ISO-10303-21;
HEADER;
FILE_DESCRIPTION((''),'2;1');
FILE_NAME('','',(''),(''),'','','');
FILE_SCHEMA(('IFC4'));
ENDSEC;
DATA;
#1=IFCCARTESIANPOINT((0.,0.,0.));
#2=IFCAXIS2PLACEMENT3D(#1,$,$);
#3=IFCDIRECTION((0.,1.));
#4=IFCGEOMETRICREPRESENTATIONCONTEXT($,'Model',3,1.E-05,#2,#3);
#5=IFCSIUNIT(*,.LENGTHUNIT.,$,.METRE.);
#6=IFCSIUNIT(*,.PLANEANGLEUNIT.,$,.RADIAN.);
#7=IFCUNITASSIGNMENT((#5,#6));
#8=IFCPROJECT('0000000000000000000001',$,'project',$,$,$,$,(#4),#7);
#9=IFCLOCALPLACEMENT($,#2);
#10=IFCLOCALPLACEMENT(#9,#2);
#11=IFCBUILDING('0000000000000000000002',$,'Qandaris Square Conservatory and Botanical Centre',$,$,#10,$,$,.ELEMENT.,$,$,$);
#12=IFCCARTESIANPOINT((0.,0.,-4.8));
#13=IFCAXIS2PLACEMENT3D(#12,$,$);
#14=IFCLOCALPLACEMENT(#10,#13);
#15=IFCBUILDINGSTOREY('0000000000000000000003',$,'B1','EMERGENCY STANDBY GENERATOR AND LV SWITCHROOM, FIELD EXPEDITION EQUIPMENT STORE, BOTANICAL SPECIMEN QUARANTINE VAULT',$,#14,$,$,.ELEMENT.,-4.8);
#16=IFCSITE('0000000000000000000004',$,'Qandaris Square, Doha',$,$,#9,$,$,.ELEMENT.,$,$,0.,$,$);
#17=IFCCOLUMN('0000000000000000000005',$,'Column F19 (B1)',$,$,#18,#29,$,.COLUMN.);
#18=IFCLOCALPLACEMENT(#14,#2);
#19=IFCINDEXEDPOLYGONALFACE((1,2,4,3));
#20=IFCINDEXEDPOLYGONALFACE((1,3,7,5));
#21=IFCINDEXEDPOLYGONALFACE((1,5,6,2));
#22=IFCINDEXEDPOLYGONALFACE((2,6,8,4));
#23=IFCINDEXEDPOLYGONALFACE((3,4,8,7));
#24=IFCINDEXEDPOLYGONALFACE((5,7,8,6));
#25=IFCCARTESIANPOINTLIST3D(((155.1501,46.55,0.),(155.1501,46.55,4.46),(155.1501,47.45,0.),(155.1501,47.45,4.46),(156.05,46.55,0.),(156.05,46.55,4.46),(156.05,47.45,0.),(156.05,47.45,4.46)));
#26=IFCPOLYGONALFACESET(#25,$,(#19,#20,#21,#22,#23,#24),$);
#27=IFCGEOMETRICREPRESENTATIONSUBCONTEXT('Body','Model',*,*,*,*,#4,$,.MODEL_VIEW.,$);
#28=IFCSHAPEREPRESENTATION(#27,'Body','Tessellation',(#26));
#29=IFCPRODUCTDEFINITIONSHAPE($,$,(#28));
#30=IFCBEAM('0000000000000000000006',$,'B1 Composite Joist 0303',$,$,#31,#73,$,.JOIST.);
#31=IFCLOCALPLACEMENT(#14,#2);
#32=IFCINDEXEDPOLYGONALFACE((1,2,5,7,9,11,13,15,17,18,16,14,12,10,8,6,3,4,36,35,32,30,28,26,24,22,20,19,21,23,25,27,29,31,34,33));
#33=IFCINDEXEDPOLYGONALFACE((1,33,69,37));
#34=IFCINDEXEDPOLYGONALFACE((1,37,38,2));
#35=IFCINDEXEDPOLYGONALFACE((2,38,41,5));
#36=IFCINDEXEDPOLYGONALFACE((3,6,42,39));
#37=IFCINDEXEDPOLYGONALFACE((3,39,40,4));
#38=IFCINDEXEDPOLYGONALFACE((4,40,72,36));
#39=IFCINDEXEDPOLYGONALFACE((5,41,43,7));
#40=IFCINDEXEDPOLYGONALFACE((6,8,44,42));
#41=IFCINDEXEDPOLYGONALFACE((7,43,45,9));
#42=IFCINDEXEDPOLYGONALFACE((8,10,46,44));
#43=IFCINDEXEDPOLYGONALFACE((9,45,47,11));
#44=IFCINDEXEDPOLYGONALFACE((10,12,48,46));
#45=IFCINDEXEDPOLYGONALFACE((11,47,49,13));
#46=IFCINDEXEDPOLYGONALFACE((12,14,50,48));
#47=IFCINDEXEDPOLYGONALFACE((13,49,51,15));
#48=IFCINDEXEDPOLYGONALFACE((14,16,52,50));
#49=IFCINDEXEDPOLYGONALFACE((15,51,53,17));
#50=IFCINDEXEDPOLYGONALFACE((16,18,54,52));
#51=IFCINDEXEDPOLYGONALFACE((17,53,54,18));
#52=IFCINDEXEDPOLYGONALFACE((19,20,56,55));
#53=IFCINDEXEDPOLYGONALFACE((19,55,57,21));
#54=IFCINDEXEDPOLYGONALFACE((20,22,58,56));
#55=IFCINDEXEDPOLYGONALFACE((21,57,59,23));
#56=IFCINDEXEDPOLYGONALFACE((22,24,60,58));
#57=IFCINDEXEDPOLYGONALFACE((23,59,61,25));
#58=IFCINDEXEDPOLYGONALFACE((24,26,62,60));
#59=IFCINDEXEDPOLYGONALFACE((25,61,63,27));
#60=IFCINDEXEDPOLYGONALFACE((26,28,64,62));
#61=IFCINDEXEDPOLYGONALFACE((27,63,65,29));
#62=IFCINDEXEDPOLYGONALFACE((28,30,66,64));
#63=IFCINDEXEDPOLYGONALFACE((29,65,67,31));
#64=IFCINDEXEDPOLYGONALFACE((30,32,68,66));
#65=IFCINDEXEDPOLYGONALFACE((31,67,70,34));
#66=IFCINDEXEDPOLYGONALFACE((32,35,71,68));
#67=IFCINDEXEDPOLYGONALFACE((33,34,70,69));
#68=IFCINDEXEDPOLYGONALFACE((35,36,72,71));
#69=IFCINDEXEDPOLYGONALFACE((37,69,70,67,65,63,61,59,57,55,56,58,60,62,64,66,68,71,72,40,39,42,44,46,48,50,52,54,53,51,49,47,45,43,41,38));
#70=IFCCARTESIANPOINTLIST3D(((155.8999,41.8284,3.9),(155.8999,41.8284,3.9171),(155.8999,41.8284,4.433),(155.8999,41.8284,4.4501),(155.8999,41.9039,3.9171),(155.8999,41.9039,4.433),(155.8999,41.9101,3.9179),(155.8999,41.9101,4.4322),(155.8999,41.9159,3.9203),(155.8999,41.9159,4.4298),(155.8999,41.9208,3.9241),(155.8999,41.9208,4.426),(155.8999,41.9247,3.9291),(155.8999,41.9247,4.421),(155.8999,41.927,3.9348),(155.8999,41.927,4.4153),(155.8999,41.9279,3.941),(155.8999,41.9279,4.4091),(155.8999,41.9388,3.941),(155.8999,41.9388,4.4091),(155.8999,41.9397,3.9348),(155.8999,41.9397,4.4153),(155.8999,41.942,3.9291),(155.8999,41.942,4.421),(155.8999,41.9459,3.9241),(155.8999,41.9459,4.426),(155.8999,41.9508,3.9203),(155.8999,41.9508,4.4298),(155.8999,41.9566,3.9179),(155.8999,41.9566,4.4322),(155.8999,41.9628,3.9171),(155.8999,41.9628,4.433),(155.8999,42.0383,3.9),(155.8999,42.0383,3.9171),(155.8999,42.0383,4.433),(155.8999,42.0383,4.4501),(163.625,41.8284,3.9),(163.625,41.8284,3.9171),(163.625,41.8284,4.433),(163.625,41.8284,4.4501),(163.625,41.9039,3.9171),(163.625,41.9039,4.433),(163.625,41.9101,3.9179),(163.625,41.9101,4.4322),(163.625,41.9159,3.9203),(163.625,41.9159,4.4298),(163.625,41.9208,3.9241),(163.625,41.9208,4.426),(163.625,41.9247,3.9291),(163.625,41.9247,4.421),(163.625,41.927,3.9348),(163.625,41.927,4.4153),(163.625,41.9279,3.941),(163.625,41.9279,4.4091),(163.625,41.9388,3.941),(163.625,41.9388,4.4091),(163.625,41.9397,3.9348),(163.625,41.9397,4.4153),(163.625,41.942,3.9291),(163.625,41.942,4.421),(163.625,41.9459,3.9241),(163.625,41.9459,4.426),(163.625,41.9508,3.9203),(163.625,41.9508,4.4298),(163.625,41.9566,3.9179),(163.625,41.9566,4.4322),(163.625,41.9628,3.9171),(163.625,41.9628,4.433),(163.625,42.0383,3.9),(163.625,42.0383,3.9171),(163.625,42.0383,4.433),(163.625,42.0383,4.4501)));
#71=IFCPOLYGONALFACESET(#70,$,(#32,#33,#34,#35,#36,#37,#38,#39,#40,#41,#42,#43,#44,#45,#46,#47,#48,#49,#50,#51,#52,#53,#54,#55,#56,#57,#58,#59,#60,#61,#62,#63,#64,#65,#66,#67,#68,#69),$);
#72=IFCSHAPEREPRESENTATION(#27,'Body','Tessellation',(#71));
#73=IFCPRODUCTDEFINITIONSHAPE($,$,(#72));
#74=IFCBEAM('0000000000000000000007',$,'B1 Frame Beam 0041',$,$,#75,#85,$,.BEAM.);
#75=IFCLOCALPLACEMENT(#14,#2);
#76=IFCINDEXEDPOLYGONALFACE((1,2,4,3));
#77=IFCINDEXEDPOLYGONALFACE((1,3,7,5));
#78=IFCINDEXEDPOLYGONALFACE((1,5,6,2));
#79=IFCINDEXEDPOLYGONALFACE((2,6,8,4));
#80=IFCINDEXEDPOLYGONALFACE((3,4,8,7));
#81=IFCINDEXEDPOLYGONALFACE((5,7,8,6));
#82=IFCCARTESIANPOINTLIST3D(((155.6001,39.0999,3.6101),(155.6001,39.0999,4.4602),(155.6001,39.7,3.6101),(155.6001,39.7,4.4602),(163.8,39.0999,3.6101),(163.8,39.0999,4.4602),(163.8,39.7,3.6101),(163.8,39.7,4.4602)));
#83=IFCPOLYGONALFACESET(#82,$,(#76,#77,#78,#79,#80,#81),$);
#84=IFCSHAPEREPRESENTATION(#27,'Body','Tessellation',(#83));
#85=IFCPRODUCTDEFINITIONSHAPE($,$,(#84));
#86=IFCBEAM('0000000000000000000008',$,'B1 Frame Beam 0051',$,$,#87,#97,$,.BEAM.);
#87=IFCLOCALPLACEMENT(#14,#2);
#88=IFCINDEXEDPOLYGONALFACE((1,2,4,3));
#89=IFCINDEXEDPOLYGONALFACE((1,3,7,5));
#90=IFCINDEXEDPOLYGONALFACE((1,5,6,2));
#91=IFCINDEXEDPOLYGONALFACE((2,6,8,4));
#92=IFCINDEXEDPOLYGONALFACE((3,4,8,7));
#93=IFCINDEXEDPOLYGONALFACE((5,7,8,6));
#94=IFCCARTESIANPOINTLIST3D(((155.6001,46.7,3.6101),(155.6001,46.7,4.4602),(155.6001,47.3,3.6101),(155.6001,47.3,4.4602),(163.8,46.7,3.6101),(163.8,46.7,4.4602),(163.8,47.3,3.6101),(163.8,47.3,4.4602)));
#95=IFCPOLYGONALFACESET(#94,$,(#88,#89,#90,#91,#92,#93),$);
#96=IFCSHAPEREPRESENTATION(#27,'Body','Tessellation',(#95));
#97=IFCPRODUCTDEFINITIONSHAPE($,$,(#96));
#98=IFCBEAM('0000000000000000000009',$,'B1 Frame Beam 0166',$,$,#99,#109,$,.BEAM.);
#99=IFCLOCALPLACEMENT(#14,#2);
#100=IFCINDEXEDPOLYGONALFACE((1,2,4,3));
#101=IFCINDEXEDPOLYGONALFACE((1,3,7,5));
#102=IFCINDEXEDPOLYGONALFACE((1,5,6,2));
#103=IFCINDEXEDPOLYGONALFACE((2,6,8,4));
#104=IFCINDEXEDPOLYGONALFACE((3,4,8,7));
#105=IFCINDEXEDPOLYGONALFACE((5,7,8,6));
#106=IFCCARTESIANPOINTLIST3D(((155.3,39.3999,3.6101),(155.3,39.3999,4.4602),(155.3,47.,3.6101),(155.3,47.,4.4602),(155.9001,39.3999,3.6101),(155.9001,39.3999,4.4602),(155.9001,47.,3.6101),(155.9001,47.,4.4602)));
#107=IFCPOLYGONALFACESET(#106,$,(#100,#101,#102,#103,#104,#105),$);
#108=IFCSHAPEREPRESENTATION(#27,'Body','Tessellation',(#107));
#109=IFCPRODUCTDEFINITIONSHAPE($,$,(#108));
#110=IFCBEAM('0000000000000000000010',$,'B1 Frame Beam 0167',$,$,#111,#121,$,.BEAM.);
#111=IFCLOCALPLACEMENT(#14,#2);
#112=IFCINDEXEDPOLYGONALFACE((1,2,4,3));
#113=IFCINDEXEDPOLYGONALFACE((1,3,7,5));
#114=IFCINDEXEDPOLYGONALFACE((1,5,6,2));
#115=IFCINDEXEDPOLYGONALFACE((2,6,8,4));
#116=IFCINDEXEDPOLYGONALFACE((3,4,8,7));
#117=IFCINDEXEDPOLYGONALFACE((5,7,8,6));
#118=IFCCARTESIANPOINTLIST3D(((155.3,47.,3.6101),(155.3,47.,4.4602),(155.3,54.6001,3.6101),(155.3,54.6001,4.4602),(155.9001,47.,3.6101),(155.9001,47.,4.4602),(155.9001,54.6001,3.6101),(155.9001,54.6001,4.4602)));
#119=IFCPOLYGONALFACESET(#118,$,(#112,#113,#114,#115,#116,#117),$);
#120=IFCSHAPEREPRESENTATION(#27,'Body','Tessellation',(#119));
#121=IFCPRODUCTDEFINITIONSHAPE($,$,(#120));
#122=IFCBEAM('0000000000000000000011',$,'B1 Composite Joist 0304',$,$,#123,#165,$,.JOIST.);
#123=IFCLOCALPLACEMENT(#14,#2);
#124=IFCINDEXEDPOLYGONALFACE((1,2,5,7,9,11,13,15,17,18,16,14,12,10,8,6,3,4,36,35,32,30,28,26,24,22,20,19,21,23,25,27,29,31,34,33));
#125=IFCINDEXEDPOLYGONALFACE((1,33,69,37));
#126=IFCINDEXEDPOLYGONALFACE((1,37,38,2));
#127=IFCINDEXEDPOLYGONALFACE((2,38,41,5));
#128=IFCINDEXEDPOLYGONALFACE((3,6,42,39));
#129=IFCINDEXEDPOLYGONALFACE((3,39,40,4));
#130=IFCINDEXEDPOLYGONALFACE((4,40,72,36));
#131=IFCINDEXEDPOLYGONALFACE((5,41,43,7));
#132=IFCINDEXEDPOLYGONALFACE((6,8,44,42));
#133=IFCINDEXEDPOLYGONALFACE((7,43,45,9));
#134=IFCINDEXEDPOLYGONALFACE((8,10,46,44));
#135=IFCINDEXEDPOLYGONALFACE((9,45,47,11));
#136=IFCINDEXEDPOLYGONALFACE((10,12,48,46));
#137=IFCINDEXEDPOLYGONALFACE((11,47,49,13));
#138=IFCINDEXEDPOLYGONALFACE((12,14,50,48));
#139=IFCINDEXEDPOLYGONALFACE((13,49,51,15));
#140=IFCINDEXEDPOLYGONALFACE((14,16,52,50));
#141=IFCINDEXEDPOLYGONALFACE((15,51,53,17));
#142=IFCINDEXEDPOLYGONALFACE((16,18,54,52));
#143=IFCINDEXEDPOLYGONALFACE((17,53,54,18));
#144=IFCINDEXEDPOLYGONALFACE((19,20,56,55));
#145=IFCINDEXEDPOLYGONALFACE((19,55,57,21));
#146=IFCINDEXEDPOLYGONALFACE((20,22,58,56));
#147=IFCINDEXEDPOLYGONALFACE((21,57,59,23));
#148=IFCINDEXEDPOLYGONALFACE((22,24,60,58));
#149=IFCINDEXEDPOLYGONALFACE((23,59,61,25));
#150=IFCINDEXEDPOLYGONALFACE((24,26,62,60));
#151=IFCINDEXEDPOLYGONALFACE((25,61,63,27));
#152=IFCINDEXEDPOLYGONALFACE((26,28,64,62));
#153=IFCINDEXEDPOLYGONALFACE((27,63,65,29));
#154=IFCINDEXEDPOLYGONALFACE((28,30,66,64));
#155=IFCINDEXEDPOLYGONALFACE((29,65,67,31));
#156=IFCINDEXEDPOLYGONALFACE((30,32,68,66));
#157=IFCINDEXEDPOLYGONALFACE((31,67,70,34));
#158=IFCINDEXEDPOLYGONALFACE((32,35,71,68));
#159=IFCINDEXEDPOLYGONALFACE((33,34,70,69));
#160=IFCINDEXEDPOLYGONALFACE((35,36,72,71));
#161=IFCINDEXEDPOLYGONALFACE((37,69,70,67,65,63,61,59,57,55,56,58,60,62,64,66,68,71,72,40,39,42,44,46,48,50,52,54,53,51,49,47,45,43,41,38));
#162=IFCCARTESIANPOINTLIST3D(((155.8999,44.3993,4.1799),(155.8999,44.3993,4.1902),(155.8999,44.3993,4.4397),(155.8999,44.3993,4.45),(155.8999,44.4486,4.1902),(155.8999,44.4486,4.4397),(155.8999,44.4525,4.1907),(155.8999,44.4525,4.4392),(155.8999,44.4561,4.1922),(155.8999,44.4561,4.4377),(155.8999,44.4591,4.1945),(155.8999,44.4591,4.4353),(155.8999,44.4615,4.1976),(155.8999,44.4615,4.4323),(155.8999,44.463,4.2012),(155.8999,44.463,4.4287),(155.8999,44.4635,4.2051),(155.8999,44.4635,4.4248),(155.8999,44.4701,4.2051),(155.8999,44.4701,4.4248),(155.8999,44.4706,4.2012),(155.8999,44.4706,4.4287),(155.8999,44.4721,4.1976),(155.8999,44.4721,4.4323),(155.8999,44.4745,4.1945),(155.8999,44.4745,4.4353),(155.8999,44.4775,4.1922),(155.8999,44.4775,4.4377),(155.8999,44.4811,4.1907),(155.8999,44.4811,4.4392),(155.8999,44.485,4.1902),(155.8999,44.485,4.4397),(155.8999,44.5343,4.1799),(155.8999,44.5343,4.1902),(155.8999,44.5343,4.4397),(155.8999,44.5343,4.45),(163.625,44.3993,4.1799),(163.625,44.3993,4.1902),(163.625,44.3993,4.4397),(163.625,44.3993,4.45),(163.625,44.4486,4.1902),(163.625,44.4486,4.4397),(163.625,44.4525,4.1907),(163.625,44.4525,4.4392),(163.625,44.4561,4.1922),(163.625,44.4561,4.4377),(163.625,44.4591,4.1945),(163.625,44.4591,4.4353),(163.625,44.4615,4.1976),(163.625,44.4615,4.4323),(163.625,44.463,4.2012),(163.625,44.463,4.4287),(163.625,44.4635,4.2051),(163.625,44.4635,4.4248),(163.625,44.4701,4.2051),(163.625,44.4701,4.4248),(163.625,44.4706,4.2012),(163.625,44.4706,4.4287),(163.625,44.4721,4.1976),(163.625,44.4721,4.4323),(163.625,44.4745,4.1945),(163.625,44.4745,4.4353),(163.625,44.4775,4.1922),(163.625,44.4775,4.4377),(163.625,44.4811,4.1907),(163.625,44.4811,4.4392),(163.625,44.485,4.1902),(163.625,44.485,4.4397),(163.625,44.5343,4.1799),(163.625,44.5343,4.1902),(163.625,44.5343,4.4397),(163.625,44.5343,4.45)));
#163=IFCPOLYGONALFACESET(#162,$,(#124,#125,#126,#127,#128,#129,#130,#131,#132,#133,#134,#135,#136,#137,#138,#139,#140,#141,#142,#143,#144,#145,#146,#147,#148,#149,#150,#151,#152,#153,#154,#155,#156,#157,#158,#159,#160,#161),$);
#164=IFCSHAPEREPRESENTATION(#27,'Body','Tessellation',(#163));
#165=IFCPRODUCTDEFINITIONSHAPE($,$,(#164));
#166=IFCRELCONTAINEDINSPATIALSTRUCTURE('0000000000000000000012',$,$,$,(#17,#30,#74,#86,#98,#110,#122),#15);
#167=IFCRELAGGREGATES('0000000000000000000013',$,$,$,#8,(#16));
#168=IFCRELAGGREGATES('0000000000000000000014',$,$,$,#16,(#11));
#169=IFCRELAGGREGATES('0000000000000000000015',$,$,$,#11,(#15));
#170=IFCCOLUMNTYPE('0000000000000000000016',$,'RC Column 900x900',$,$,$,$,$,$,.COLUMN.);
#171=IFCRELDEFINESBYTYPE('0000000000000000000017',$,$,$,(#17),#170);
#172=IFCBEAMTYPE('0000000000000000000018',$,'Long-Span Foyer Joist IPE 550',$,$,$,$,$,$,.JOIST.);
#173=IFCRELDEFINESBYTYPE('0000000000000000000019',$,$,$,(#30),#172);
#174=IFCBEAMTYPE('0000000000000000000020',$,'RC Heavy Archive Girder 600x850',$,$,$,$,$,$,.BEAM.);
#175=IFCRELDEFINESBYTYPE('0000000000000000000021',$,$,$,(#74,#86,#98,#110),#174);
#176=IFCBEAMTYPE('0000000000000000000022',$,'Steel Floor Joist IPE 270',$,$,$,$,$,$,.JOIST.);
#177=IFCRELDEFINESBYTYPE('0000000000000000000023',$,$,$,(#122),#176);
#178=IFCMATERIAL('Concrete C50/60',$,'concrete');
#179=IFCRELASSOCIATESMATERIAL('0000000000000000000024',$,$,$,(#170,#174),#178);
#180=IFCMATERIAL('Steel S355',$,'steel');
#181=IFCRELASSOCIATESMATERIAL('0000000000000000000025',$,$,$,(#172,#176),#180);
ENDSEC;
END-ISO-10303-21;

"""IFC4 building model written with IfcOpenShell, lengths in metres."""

from ifc_helpers import new_model, si_unit, direction, frame, origin, origin_2d, place, context, subcontext, project, spatial, rectangle, i_section, extrude, material, material_profile, profile_set, type_object, element, save


model = new_model("IFC4")

# Units and contexts
model_context = context("Model", 3, precision=1e-05, world=origin(), true_north=direction((0.0, 1.0)))
body_context = subcontext(model_context, "Body", "Model", "MODEL_VIEW")
ifc_project = project(units=[si_unit("LENGTHUNIT", "METRE"), si_unit("PLANEANGLEUNIT", "RADIAN")], contexts=[model_context])

# Site, building, storey
site_placement = place(None, origin())
site = spatial("IfcSite", under=ifc_project, at=site_placement, Name="Qandaris Square, Doha", CompositionType="ELEMENT", RefElevation=0.0)
building_placement = place(site_placement, origin())
building = spatial("IfcBuilding", under=site, at=building_placement, Name="Qandaris Square Conservatory and Botanical Centre", CompositionType="ELEMENT")
storey_placement = place(building_placement, frame((0.0, 0.0, -4.8)))
storey = spatial("IfcBuildingStorey", under=building, at=storey_placement, Name="B1", Description="EMERGENCY STANDBY GENERATOR AND LV SWITCHROOM, FIELD EXPEDITION EQUIPMENT STORE, BOTANICAL SPECIMEN QUARANTINE VAULT", CompositionType="ELEMENT", Elevation=-4.8)

# Shared definitions
ifc_material_1 = material(Name="Concrete C50/60", Category="concrete")

# Column
ifc_material_profile_1 = material_profile(ifc_material_1, rectangle(XDim=0.8999, YDim=0.8999, at=origin_2d()), Name="RC-COL 900x900")
ifc_profile_set_1 = profile_set([ifc_material_profile_1], Name="Concrete C50/60")
column_type = type_object("IfcColumnType", Name="RC Column 900x900", PredefinedType="COLUMN", material=ifc_profile_set_1)
column_placement = place(storey_placement, frame((155.6001, 47.0, 0.0), z_axis=(0.0, 0.0, 1.0), x_axis=(1.0, 0.0, 0.0)))
element("IfcColumn", 1, at=column_placement, inside=storey, type_object=column_type, Name="Column F19 (B1)", PredefinedType="COLUMN", context=body_context, shape_type="SweptSolid", body=[
    extrude(rectangle(XDim=0.8999, YDim=0.8999, at=origin_2d()), origin(), (0.0, 0.0, 1.0), 4.46),
])

# Beams
ifc_material_2 = material(Name="Steel S355", Category="steel")
ifc_material_profile_2 = material_profile(ifc_material_2, i_section(OverallWidth=0.21, OverallDepth=0.55, WebThickness=0.011, FlangeThickness=0.0171, FilletRadius=0.0239, at=origin_2d()), Name="IPE 550")
ifc_profile_set_2 = profile_set([ifc_material_profile_2], Name="Steel S355")
beam_type_1 = type_object("IfcBeamType", Name="Long-Span Foyer Joist IPE 550", PredefinedType="JOIST", material=ifc_profile_set_2)
beam_1_placement = place(storey_placement, frame((155.8999, 41.9333, 4.175), z_axis=(1.0, 0.0, 0.0), x_axis=(0.0, 1.0, 0.0)))
element("IfcBeam", 2, at=beam_1_placement, inside=storey, type_object=beam_type_1, Name="B1 Composite Joist 0303", PredefinedType="JOIST", context=body_context, shape_type="SweptSolid", body=[
    extrude(i_section(OverallWidth=0.21, OverallDepth=0.55, WebThickness=0.011, FlangeThickness=0.0171, FilletRadius=0.0239, at=origin_2d()), origin(), (0.0, 0.0, 1.0), 7.7251),
])
ifc_material_profile_3 = material_profile(ifc_material_1, rectangle(XDim=0.6001, YDim=0.8501, at=origin_2d()), Name="RC-BM 600x850")
ifc_profile_set_3 = profile_set([ifc_material_profile_3], Name="Concrete C50/60")
beam_type_2 = type_object("IfcBeamType", Name="RC Heavy Archive Girder 600x850", PredefinedType="BEAM", material=ifc_profile_set_3)
for number, where, z_axis, x_axis, name in (
    (3, (155.6001, 39.3999, 4.0352), (1.0, 0.0, 0.0), (0.0, 1.0, 0.0), "B1 Frame Beam 0041"),
    (4, (155.6001, 47.0, 4.0352), (1.0, 0.0, 0.0), (0.0, 1.0, 0.0), "B1 Frame Beam 0051"),
):
    element("IfcBeam", number, at=place(storey_placement, frame(where, z_axis=z_axis, x_axis=x_axis)), inside=storey, type_object=beam_type_2, Name=name, PredefinedType="BEAM", context=body_context, shape_type="SweptSolid", body=[
        extrude(rectangle(XDim=0.6001, YDim=0.8501, at=origin_2d()), origin(), (0.0, 0.0, 1.0), 8.2),
    ])
for number, where, z_axis, x_axis, name in (
    (5, (155.6001, 39.3999, 4.0352), (0.0, 1.0, 0.0), (-1.0, 0.0, 0.0), "B1 Frame Beam 0166"),
    (6, (155.6001, 47.0, 4.0352), (0.0, 1.0, 0.0), (-1.0, 0.0, 0.0), "B1 Frame Beam 0167"),
):
    element("IfcBeam", number, at=place(storey_placement, frame(where, z_axis=z_axis, x_axis=x_axis)), inside=storey, type_object=beam_type_2, Name=name, PredefinedType="BEAM", context=body_context, shape_type="SweptSolid", body=[
        extrude(rectangle(XDim=0.6001, YDim=0.8501, at=origin_2d()), origin(), (0.0, 0.0, 1.0), 7.6001),
    ])
ifc_material_profile_4 = material_profile(ifc_material_2, i_section(OverallWidth=0.135, OverallDepth=0.27, WebThickness=0.0066, FlangeThickness=0.0103, FilletRadius=0.0149, at=origin_2d()), Name="IPE 270")
ifc_profile_set_4 = profile_set([ifc_material_profile_4], Name="Steel S355")
beam_type_3 = type_object("IfcBeamType", Name="Steel Floor Joist IPE 270", PredefinedType="JOIST", material=ifc_profile_set_4)
beam_2_placement = place(storey_placement, frame((155.8999, 44.4668, 4.3149), z_axis=(1.0, 0.0, 0.0), x_axis=(0.0, 1.0, 0.0)))
element("IfcBeam", 7, at=beam_2_placement, inside=storey, type_object=beam_type_3, Name="B1 Composite Joist 0304", PredefinedType="JOIST", context=body_context, shape_type="SweptSolid", body=[
    extrude(i_section(OverallWidth=0.135, OverallDepth=0.27, WebThickness=0.0066, FlangeThickness=0.0103, FilletRadius=0.0149, at=origin_2d()), origin(), (0.0, 0.0, 1.0), 7.7251),
])

save(model, "model.ifc")
